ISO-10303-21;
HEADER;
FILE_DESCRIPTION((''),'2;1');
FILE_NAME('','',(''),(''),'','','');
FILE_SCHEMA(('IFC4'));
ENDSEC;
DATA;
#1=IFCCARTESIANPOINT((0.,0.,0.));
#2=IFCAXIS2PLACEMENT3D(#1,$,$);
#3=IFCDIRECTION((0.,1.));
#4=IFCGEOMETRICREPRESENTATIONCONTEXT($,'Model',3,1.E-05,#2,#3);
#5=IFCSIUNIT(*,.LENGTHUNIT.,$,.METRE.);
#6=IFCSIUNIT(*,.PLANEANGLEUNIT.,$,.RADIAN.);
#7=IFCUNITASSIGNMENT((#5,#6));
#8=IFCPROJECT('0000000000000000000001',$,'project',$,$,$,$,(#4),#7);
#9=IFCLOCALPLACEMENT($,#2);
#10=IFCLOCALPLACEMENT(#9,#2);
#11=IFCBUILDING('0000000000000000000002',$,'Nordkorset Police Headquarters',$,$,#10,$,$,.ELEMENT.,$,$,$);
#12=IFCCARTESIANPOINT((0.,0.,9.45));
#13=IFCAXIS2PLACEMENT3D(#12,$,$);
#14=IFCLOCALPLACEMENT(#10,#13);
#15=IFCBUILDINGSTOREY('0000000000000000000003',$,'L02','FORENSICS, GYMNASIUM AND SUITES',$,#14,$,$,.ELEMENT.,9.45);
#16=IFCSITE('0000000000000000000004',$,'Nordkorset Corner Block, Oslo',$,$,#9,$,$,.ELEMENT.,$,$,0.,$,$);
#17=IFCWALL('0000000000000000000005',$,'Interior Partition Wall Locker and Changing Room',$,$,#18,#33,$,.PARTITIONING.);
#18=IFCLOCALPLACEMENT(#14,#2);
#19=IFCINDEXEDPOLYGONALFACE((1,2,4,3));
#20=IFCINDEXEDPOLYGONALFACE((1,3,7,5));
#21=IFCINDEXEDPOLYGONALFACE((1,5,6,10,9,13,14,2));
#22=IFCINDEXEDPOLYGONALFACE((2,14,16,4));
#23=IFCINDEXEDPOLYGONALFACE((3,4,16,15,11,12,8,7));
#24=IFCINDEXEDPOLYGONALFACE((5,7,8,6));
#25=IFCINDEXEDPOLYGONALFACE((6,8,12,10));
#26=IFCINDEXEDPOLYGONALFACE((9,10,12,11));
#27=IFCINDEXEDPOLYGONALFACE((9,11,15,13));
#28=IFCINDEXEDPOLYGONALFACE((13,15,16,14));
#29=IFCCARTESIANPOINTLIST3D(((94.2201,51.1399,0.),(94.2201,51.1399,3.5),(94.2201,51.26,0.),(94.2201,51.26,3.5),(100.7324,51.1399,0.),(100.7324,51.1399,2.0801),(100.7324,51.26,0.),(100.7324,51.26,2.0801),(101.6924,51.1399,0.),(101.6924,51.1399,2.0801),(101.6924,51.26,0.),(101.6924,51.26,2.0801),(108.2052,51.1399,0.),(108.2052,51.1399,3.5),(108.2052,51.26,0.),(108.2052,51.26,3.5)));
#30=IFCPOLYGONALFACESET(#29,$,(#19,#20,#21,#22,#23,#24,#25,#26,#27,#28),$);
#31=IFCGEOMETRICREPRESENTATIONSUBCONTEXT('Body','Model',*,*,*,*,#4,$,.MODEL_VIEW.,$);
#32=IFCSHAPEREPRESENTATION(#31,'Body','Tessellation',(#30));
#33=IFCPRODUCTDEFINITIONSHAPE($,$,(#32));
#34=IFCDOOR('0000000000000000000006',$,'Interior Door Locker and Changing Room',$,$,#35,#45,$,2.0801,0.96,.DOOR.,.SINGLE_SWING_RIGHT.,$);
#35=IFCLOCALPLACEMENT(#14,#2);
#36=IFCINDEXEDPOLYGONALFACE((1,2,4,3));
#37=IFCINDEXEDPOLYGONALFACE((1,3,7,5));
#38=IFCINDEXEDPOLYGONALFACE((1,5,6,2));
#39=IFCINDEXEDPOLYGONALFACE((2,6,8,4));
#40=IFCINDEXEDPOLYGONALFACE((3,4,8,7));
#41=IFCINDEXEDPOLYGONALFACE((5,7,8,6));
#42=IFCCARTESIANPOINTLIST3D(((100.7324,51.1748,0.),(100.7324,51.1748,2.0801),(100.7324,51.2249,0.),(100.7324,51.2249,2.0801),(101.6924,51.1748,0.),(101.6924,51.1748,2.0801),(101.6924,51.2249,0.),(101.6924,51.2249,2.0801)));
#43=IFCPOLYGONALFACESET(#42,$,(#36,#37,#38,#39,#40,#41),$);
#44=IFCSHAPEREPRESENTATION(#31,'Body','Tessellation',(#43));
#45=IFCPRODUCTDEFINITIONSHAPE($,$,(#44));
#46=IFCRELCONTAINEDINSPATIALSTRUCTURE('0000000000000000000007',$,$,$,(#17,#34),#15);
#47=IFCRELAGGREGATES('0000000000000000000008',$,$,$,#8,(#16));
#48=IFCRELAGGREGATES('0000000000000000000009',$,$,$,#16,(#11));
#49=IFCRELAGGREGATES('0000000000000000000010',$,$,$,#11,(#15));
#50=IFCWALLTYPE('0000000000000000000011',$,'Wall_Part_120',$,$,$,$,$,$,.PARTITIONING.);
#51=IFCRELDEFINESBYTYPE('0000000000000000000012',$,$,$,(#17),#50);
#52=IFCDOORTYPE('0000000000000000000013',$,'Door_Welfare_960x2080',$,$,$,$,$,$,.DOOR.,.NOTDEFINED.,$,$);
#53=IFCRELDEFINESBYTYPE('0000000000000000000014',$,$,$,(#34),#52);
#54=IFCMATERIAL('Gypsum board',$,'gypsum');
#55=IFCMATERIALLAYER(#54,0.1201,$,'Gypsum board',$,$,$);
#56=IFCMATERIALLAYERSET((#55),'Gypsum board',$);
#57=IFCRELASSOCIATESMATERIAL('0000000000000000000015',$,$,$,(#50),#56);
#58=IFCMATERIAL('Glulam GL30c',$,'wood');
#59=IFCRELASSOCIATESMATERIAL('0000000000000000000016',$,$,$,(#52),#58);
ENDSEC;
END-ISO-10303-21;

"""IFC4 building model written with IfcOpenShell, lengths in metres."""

from ifc_helpers import new_model, si_unit, direction, frame, frame_2d, origin, place, context, subcontext, project, spatial, rectangle, extrude, material, layer, layer_set, type_object, element, fill, save


model = new_model("IFC4")

# Units and contexts
model_context = context("Model", 3, precision=1e-05, world=origin(), true_north=direction((0.0, 1.0)))
body_context = subcontext(model_context, "Body", "Model", "MODEL_VIEW")
ifc_project = project(units=[si_unit("LENGTHUNIT", "METRE"), si_unit("PLANEANGLEUNIT", "RADIAN")], contexts=[model_context])

# Site, building, storey
site_placement = place(None, origin())
site = spatial("IfcSite", under=ifc_project, at=site_placement, Name="Nordkorset Corner Block, Oslo", CompositionType="ELEMENT", RefElevation=0.0)
building_placement = place(site_placement, origin())
building = spatial("IfcBuilding", under=site, at=building_placement, Name="Nordkorset Police Headquarters", CompositionType="ELEMENT")
storey_placement = place(building_placement, frame((0.0, 0.0, 9.45)))
storey = spatial("IfcBuildingStorey", under=building, at=storey_placement, Name="L02", Description="FORENSICS, GYMNASIUM AND SUITES", CompositionType="ELEMENT", Elevation=9.45)

# Wall, opening, door
ifc_material_1 = material(Name="Gypsum board", Category="gypsum")
ifc_layer_1 = layer(ifc_material_1, 0.1201, Name="Gypsum board")
ifc_layer_set_1 = layer_set([ifc_layer_1], Name="Gypsum board")
wall_type_1 = type_object("IfcWallType", Name="Wall_Part_120", PredefinedType="PARTITIONING", material=ifc_layer_set_1)
wall_1_placement = place(storey_placement, frame((94.22, 51.2, 0.0), z_axis=(0.0, 0.0, 1.0), x_axis=(1.0, 0.0, 0.0)))
wall_1 = element("IfcWall", 1, at=wall_1_placement, inside=storey, type_object=wall_type_1, Name="Interior Partition Wall Locker and Changing Room", PredefinedType="PARTITIONING", context=body_context, shape_type="SweptSolid", body=[
    extrude(rectangle(XDim=13.9851, YDim=0.1201, at=frame_2d((6.9927, 0.0))), origin(), (0.0, 0.0, 1.0), 3.5),
])
opening_1_placement = place(wall_1_placement, frame((6.5125, 0.0, 0.0)))
opening_1 = element("IfcOpeningElement", 2, at=opening_1_placement, cuts=wall_1, PredefinedType="OPENING", context=body_context, shape_type="SweptSolid", body=[
    extrude(rectangle(XDim=0.96, YDim=2.0801, at=frame_2d((0.48, 1.04))), frame((0.0, 0.0701, 0.0), z_axis=(0.0, -1.0, 0.0), x_axis=(1.0, 0.0, 0.0)), (0.0, 0.0, 1.0), 0.1401),
])
ifc_material_2 = material(Name="Glulam GL30c", Category="wood")
door_type = type_object("IfcDoorType", Name="Door_Welfare_960x2080", OperationType="NOTDEFINED", PredefinedType="DOOR", material=ifc_material_2)
door_placement = place(opening_1_placement, origin())
door = element("IfcDoor", 3, at=door_placement, inside=storey, type_object=door_type, Name="Interior Door Locker and Changing Room", OperationType="SINGLE_SWING_RIGHT", OverallHeight=2.0801, OverallWidth=0.96, PredefinedType="DOOR", context=body_context, shape_type="SweptSolid", body=[
    extrude(rectangle(XDim=0.96, YDim=2.0801, at=frame_2d((0.48, 1.04))), frame((0.0, 0.0249, 0.0), z_axis=(0.0, -1.0, 0.0), x_axis=(1.0, 0.0, 0.0)), (0.0, 0.0, 1.0), 0.05),
])
fill(opening_1, door)

save(model, "model.ifc")
